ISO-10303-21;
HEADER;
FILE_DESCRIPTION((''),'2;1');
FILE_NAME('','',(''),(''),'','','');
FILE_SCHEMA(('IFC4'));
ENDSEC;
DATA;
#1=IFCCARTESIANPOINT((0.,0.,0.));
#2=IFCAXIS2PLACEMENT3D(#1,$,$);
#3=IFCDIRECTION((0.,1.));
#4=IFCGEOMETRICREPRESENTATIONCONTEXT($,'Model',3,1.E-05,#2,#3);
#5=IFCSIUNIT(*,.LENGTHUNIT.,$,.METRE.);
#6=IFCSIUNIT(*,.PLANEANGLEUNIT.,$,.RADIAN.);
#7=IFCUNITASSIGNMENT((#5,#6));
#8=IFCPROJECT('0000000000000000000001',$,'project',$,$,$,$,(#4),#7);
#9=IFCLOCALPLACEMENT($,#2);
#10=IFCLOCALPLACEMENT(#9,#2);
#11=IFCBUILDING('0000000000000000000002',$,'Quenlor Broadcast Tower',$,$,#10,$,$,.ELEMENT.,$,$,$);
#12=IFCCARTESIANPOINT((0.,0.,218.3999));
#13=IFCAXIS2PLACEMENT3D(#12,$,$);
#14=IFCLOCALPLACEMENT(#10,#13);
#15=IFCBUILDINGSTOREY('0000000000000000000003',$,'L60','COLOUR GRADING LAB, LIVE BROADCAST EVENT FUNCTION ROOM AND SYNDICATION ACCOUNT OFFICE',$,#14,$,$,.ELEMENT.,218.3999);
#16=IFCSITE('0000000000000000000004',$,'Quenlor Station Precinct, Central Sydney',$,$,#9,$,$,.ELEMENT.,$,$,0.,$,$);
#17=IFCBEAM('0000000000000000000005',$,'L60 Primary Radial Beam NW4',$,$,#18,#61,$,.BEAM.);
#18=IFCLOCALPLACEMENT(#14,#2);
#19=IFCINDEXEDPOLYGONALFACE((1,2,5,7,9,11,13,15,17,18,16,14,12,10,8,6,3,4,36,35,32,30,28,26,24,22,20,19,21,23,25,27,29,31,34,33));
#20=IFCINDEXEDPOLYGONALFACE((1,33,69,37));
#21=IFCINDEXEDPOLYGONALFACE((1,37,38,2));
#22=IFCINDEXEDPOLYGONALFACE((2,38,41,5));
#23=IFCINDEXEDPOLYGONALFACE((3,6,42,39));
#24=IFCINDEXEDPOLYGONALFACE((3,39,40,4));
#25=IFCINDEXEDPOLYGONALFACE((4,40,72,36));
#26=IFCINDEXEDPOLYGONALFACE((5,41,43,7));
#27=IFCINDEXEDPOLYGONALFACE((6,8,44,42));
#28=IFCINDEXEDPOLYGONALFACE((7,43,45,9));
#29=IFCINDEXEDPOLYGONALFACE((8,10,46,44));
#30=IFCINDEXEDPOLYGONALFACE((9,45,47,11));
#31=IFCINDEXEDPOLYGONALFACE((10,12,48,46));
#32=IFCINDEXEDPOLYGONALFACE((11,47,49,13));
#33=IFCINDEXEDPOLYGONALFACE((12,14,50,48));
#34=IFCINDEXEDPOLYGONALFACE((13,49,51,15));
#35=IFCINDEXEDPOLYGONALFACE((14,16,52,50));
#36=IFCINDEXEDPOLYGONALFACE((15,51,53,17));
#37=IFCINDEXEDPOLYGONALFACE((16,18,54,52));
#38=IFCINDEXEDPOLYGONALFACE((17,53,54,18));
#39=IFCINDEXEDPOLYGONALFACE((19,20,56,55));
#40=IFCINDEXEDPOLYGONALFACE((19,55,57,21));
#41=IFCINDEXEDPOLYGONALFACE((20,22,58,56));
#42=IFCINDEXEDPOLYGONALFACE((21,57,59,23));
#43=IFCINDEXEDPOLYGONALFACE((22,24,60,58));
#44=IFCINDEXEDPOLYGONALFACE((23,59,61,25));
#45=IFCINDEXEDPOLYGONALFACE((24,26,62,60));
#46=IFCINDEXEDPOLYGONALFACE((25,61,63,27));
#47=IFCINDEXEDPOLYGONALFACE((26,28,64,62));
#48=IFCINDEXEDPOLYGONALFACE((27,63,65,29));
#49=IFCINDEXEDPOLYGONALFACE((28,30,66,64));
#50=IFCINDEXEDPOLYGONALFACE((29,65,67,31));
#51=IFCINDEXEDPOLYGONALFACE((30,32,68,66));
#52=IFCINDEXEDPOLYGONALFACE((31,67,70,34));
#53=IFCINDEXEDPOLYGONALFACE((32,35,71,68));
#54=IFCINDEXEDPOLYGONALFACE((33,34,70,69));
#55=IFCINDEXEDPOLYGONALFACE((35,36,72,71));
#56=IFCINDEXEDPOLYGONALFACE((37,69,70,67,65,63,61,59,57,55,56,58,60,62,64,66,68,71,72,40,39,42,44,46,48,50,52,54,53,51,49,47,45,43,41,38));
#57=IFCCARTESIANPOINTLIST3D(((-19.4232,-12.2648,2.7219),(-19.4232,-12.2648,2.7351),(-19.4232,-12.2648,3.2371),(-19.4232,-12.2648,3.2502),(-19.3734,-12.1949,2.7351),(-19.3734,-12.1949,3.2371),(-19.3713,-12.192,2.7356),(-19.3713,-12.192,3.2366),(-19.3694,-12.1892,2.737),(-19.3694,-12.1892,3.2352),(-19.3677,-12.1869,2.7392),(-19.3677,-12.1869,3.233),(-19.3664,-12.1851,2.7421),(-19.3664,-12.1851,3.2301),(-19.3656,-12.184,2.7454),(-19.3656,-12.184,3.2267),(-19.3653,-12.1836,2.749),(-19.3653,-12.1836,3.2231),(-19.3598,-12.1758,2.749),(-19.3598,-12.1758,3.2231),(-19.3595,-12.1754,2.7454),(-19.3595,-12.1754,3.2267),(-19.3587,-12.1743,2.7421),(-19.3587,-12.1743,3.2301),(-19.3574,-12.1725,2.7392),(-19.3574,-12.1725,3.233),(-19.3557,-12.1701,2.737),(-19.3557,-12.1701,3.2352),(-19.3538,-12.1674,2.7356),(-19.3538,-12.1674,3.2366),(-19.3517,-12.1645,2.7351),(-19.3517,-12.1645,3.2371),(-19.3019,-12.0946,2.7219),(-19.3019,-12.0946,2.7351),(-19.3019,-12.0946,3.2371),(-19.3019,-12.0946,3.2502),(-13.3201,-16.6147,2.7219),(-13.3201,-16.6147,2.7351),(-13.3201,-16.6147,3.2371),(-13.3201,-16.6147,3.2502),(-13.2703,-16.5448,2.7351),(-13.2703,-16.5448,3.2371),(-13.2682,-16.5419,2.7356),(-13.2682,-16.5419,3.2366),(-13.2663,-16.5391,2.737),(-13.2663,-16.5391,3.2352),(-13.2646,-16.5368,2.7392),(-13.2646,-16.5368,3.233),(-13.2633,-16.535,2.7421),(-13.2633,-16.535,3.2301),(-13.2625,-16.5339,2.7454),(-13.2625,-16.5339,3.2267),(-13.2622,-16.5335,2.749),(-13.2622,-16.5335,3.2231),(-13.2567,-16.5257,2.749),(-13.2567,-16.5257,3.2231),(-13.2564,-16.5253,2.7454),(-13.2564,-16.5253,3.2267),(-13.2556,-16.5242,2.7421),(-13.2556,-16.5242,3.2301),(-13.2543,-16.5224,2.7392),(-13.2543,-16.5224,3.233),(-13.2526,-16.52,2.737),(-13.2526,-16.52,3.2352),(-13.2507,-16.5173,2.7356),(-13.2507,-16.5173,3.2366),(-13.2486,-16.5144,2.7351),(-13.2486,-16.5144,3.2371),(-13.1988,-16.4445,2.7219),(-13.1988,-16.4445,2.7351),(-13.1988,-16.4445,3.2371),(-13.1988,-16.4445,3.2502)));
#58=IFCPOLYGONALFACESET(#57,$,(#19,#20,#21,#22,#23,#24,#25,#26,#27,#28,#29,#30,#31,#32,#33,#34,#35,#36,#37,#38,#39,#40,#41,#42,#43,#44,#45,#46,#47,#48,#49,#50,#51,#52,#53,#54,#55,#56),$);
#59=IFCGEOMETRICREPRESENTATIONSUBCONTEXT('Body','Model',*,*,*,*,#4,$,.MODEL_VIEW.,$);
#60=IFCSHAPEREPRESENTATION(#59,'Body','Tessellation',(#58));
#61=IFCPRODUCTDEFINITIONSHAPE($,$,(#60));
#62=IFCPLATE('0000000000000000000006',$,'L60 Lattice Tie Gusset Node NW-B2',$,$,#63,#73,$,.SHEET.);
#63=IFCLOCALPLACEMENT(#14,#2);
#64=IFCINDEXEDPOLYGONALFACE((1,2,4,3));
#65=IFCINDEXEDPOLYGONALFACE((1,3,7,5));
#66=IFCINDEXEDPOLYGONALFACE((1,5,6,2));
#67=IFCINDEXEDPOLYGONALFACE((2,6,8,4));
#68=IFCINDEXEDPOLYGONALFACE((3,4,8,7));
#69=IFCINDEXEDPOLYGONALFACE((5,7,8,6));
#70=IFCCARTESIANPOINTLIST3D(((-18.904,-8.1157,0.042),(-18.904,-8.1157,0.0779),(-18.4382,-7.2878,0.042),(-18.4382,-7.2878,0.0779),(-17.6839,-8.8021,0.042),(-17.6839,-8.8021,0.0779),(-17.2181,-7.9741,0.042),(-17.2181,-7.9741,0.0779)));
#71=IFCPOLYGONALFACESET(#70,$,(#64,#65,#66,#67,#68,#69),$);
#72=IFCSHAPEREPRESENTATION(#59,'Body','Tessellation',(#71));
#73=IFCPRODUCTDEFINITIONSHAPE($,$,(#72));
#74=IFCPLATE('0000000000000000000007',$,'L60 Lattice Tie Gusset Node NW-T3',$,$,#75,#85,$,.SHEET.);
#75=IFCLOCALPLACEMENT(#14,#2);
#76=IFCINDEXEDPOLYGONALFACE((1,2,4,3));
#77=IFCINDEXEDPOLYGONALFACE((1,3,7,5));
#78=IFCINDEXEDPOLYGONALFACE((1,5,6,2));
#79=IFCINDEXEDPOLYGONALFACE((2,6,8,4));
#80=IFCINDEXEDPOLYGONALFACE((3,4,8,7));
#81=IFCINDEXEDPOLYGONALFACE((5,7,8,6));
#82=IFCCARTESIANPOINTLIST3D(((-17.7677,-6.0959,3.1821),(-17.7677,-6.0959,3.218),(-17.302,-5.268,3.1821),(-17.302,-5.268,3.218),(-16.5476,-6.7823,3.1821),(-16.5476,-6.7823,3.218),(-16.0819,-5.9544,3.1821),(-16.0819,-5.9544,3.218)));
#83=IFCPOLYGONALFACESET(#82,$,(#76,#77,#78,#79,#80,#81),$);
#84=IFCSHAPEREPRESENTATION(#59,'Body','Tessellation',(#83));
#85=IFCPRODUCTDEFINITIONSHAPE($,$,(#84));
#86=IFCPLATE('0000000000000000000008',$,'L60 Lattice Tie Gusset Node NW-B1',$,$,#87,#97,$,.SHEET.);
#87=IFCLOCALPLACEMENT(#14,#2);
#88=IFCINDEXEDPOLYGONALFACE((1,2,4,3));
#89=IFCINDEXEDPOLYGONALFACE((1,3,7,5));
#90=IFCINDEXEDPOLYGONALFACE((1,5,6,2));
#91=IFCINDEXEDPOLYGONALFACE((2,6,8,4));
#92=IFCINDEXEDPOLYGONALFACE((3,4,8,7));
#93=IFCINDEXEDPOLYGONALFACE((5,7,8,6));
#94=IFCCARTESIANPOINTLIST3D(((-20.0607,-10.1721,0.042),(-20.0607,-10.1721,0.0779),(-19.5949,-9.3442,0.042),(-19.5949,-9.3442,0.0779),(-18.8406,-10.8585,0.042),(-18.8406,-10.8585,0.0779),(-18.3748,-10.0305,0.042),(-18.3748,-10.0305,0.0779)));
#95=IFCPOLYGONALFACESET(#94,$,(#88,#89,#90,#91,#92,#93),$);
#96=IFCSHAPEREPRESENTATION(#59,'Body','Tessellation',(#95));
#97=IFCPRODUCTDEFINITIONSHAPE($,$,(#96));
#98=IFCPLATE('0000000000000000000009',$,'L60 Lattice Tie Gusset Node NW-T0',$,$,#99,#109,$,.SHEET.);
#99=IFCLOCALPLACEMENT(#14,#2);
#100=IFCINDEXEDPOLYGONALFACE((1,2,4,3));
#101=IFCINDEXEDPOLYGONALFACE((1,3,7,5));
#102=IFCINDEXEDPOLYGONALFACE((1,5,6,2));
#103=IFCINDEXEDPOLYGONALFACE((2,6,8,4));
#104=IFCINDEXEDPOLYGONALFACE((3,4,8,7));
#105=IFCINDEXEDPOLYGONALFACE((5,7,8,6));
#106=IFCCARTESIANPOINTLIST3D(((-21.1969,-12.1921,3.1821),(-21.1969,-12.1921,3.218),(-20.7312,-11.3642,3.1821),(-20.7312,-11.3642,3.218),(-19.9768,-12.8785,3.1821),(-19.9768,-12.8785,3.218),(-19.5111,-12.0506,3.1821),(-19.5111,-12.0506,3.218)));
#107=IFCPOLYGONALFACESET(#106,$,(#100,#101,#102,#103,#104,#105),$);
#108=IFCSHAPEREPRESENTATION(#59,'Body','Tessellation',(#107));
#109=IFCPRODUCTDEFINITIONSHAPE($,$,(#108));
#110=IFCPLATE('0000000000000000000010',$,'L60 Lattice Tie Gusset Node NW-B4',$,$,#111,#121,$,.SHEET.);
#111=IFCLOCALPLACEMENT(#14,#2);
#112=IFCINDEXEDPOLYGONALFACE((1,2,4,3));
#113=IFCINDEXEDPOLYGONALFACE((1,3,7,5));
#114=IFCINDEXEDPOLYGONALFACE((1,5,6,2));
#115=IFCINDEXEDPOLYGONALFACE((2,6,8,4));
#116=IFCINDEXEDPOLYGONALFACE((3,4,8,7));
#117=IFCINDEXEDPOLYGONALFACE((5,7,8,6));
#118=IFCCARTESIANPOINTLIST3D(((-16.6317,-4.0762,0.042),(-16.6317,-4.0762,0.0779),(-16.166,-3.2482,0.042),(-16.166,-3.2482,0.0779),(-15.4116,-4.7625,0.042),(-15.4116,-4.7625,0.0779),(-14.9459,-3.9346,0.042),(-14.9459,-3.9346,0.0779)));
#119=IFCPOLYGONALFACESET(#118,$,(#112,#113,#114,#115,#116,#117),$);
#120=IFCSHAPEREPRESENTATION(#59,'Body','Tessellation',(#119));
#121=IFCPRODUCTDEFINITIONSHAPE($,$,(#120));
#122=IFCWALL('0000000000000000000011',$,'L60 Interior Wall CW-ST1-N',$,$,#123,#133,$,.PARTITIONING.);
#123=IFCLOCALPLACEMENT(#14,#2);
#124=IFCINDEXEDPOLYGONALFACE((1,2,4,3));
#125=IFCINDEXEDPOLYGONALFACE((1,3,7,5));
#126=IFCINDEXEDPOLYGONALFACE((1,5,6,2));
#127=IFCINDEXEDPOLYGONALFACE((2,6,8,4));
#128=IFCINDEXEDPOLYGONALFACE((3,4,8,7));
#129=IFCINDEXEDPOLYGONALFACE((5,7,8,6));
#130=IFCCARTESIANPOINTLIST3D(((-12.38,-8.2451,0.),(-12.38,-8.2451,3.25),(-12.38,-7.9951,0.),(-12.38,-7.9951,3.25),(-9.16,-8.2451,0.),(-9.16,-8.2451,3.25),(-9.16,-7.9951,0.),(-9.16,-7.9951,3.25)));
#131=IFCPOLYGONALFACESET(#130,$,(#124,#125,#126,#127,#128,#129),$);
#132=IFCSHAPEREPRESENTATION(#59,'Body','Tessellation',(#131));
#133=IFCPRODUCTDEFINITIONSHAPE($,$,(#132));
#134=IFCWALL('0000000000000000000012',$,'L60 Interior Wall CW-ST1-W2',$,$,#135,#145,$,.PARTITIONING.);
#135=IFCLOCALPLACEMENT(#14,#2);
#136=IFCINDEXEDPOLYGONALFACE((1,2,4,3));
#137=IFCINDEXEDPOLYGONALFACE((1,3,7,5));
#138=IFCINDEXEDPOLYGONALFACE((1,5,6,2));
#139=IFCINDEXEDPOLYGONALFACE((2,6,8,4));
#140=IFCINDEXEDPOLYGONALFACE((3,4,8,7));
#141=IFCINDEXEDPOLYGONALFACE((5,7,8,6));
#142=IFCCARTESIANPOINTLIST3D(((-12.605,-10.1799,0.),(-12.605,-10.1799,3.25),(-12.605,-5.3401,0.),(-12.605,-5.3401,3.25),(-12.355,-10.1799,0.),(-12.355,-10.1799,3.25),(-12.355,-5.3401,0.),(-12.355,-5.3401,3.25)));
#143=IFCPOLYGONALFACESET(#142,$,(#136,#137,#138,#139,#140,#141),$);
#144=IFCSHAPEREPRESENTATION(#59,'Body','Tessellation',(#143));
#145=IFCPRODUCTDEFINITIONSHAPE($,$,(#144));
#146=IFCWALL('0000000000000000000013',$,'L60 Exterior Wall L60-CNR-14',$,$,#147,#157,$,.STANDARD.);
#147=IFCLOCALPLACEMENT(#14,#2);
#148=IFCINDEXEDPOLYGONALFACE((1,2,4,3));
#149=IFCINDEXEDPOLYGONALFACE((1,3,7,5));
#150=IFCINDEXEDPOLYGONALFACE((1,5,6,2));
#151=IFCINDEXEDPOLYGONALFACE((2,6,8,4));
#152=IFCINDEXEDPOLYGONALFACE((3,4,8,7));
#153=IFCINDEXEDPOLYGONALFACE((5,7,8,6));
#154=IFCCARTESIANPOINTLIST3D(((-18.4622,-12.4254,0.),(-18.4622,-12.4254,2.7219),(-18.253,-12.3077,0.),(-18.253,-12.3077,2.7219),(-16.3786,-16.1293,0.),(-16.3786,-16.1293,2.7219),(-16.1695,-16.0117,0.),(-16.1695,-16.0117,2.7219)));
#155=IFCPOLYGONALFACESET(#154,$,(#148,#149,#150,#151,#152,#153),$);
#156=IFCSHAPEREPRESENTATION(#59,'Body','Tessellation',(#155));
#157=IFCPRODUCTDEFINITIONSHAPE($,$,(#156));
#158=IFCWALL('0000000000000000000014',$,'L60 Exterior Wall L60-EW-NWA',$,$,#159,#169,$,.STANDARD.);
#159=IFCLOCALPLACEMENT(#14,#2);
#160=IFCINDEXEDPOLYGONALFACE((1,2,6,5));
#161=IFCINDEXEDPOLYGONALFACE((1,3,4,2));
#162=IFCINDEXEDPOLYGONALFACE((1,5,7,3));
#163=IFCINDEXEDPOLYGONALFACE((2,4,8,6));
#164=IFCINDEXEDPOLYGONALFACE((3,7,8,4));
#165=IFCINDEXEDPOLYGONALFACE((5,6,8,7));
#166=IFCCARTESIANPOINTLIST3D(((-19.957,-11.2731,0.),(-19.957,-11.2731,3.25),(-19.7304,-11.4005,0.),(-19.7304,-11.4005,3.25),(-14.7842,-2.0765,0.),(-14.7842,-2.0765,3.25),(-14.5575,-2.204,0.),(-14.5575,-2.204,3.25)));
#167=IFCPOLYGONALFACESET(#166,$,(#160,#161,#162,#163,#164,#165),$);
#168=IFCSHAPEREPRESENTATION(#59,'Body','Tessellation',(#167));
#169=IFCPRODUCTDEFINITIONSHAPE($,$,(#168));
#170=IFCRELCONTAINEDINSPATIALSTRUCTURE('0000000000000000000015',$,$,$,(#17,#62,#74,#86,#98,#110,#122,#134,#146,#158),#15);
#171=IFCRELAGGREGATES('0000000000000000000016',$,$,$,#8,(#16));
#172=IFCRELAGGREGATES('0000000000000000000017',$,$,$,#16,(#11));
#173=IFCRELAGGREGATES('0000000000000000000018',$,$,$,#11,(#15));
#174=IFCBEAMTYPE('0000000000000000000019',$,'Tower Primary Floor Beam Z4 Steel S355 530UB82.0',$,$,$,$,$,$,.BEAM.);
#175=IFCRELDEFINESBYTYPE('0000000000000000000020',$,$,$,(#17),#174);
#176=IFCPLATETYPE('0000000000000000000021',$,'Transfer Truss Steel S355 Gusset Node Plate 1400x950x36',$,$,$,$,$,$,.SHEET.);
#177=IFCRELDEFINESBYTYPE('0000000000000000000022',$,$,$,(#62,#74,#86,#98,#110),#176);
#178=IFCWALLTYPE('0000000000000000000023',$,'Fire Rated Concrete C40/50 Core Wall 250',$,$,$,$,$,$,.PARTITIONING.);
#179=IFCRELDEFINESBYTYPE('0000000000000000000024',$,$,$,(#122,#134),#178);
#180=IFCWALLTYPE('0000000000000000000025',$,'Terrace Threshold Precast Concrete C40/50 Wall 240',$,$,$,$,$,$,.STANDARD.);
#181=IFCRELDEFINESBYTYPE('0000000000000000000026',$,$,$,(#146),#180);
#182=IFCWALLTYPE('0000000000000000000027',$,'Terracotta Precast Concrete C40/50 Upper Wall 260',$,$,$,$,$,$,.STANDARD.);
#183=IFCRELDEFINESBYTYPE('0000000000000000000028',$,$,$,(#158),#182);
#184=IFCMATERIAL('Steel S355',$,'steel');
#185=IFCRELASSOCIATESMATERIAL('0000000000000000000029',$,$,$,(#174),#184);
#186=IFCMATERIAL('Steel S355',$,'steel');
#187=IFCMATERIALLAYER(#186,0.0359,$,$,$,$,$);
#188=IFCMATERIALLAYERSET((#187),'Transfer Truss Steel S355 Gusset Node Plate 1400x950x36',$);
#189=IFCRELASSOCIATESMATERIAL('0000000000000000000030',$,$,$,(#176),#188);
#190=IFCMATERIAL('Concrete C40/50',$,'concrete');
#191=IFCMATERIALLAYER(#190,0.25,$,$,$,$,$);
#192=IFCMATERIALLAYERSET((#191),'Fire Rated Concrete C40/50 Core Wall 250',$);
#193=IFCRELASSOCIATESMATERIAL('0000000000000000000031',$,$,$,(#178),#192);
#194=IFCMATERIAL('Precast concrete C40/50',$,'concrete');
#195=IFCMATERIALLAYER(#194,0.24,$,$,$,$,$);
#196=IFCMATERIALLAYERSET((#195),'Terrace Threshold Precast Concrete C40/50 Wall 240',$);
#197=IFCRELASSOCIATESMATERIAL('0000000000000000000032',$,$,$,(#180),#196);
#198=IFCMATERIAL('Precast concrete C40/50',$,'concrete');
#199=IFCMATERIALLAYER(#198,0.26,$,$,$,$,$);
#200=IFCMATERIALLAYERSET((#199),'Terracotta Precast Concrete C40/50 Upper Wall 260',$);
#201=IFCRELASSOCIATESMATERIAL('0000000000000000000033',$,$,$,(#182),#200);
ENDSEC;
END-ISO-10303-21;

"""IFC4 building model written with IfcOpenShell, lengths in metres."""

from ifc_helpers import new_model, si_unit, direction, frame, frame_2d, origin, origin_2d, place, context, subcontext, project, spatial, rectangle, i_section, extrude, material, layer, layer_set, material_profile, profile_set, type_object, element, save


model = new_model("IFC4")

# Units and contexts
model_context = context("Model", 3, precision=1e-05, world=origin(), true_north=direction((0.0, 1.0)))
body_context = subcontext(model_context, "Body", "Model", "MODEL_VIEW")
ifc_project = project(units=[si_unit("LENGTHUNIT", "METRE"), si_unit("PLANEANGLEUNIT", "RADIAN")], contexts=[model_context])

# Site, building, storey
site_placement = place(None, origin())
site = spatial("IfcSite", under=ifc_project, at=site_placement, Name="Quenlor Station Precinct, Central Sydney", CompositionType="ELEMENT", RefElevation=0.0)
building_placement = place(site_placement, origin())
building = spatial("IfcBuilding", under=site, at=building_placement, Name="Quenlor Broadcast Tower", CompositionType="ELEMENT")
storey_placement = place(building_placement, frame((0.0, 0.0, 218.3999)))
storey = spatial("IfcBuildingStorey", under=building, at=storey_placement, Name="L60", Description="COLOUR GRADING LAB, LIVE BROADCAST EVENT FUNCTION ROOM AND SYNDICATION ACCOUNT OFFICE", CompositionType="ELEMENT", Elevation=218.3999)

# Beam
ifc_material_1 = material(Name="Steel S355", Category="steel")
ifc_material_profile_1 = material_profile(ifc_material_1, i_section(OverallWidth=0.209, OverallDepth=0.5283, WebThickness=0.0095, FlangeThickness=0.0132, FilletRadius=0.0139, at=origin_2d()))
ifc_profile_set_1 = profile_set([ifc_material_profile_1], Name="Steel S355 530UB82.0")
beam_type_1 = type_object("IfcBeamType", Name="Tower Primary Floor Beam Z4 Steel S355 530UB82.0", PredefinedType="BEAM", material=ifc_profile_set_1)
beam_1_placement = place(storey_placement, frame((-19.3625, -12.1797, 2.9861), z_axis=(0.81433, -0.580403, 0.0), x_axis=(0.580403, 0.81433, 0.0)))
element("IfcBeam", 1, at=beam_1_placement, inside=storey, type_object=beam_type_1, Name="L60 Primary Radial Beam NW4", PredefinedType="BEAM", context=body_context, shape_type="SweptSolid", body=[
    extrude(i_section(OverallWidth=0.209, OverallDepth=0.5283, WebThickness=0.0095, FlangeThickness=0.0132, FilletRadius=0.0139, at=origin_2d()), origin(), (0.0, 0.0, 1.0), 7.4946),
])

# Plates
ifc_material_2 = material(Name="Steel S355", Category="steel")
ifc_layer_1 = layer(ifc_material_2, 0.0359)
ifc_layer_set_1 = layer_set([ifc_layer_1], Name="Transfer Truss Steel S355 Gusset Node Plate 1400x950x36")
plate_type = type_object("IfcPlateType", Name="Transfer Truss Steel S355 Gusset Node Plate 1400x950x36", PredefinedType="SHEET", material=ifc_layer_set_1)
for number, where, z_axis, x_axis, name in (
    (2, (-18.061, -8.0449, 0.042), (0.0, 0.0, 1.0), (-0.871556, 0.490295, 0.0), "L60 Lattice Tie Gusset Node NW-B2"),
    (3, (-16.9248, -6.0251, 3.1821), (0.0, 0.0, 1.0), (-0.871556, 0.490295, 0.0), "L60 Lattice Tie Gusset Node NW-T3"),
    (4, (-19.2178, -10.1013, 0.042), (0.0, 0.0, 1.0), (-0.871556, 0.490295, 0.0), "L60 Lattice Tie Gusset Node NW-B1"),
    (5, (-20.354, -12.1213, 3.1821), (0.0, 0.0, 1.0), (-0.871556, 0.490295, 0.0), "L60 Lattice Tie Gusset Node NW-T0"),
    (6, (-15.7888, -4.0054, 0.042), (0.0, 0.0, 1.0), (-0.871556, 0.490295, 0.0), "L60 Lattice Tie Gusset Node NW-B4"),
):
    element("IfcPlate", number, at=place(storey_placement, frame(where, z_axis=z_axis, x_axis=x_axis)), inside=storey, type_object=plate_type, Name=name, PredefinedType="SHEET", context=body_context, shape_type="SweptSolid", body=[
        extrude(rectangle(XDim=1.3999, YDim=0.95, at=origin_2d()), origin(), (0.0, 0.0, 1.0), 0.0359),
    ])

# Walls
ifc_material_3 = material(Name="Concrete C40/50", Category="concrete")
ifc_layer_2 = layer(ifc_material_3, 0.25)
ifc_layer_set_2 = layer_set([ifc_layer_2], Name="Fire Rated Concrete C40/50 Core Wall 250")
wall_type_1 = type_object("IfcWallType", Name="Fire Rated Concrete C40/50 Core Wall 250", PredefinedType="PARTITIONING", material=ifc_layer_set_2)
wall_1_placement = place(storey_placement, frame((-12.3799, -8.1201, 0.0), z_axis=(0.0, 0.0, 1.0), x_axis=(1.0, 0.0, 0.0)))
element("IfcWall", 7, at=wall_1_placement, inside=storey, type_object=wall_type_1, Name="L60 Interior Wall CW-ST1-N", PredefinedType="PARTITIONING", context=body_context, shape_type="SweptSolid", body=[
    extrude(rectangle(XDim=3.22, YDim=0.25, at=frame_2d((1.6099, 0.0))), origin(), (0.0, 0.0, 1.0), 3.25),
])
wall_2_placement = place(storey_placement, frame((-12.48, -10.1799, 0.0), z_axis=(0.0, 0.0, 1.0), x_axis=(0.0, 1.0, 0.0)))
element("IfcWall", 8, at=wall_2_placement, inside=storey, type_object=wall_type_1, Name="L60 Interior Wall CW-ST1-W2", PredefinedType="PARTITIONING", context=body_context, shape_type="SweptSolid", body=[
    extrude(rectangle(XDim=4.8398, YDim=0.25, at=frame_2d((2.4199, 0.0))), origin(), (0.0, 0.0, 1.0), 3.25),
])

# Walls
ifc_material_4 = material(Name="Precast concrete C40/50", Category="concrete")
ifc_layer_3 = layer(ifc_material_4, 0.24)
ifc_layer_set_3 = layer_set([ifc_layer_3], Name="Terrace Threshold Precast Concrete C40/50 Wall 240")
wall_type_2 = type_object("IfcWallType", Name="Terrace Threshold Precast Concrete C40/50 Wall 240", PredefinedType="STANDARD", material=ifc_layer_set_3)
wall_3_placement = place(storey_placement, frame((-18.3577, -12.3665, 0.0), z_axis=(0.0, 0.0, 1.0), x_axis=(0.490275, -0.871568, 0.0)))
element("IfcWall", 9, at=wall_3_placement, inside=storey, type_object=wall_type_2, Name="L60 Exterior Wall L60-CNR-14", PredefinedType="STANDARD", context=body_context, shape_type="SweptSolid", body=[
    extrude(rectangle(XDim=4.2498, YDim=0.24, at=frame_2d((2.125, 0.0))), origin(), (0.0, 0.0, 1.0), 2.7219),
])
ifc_material_5 = material(Name="Precast concrete C40/50", Category="concrete")
ifc_layer_4 = layer(ifc_material_5, 0.26)
ifc_layer_set_4 = layer_set([ifc_layer_4], Name="Terracotta Precast Concrete C40/50 Upper Wall 260")
wall_type_3 = type_object("IfcWallType", Name="Terracotta Precast Concrete C40/50 Upper Wall 260", PredefinedType="STANDARD", material=ifc_layer_set_4)
wall_4_placement = place(storey_placement, frame((-19.8438, -11.3369, 0.0), z_axis=(0.0, 0.0, 1.0), x_axis=(0.490247, 0.871584, 0.0)))
element("IfcWall", 10, at=wall_4_placement, inside=storey, type_object=wall_type_3, Name="L60 Exterior Wall L60-EW-NWA", PredefinedType="STANDARD", context=body_context, shape_type="SweptSolid", body=[
    extrude(rectangle(XDim=10.5515, YDim=0.26, at=frame_2d((5.2759, 0.0))), origin(), (0.0, 0.0, 1.0), 3.25),
])

save(model, "model.ifc")
